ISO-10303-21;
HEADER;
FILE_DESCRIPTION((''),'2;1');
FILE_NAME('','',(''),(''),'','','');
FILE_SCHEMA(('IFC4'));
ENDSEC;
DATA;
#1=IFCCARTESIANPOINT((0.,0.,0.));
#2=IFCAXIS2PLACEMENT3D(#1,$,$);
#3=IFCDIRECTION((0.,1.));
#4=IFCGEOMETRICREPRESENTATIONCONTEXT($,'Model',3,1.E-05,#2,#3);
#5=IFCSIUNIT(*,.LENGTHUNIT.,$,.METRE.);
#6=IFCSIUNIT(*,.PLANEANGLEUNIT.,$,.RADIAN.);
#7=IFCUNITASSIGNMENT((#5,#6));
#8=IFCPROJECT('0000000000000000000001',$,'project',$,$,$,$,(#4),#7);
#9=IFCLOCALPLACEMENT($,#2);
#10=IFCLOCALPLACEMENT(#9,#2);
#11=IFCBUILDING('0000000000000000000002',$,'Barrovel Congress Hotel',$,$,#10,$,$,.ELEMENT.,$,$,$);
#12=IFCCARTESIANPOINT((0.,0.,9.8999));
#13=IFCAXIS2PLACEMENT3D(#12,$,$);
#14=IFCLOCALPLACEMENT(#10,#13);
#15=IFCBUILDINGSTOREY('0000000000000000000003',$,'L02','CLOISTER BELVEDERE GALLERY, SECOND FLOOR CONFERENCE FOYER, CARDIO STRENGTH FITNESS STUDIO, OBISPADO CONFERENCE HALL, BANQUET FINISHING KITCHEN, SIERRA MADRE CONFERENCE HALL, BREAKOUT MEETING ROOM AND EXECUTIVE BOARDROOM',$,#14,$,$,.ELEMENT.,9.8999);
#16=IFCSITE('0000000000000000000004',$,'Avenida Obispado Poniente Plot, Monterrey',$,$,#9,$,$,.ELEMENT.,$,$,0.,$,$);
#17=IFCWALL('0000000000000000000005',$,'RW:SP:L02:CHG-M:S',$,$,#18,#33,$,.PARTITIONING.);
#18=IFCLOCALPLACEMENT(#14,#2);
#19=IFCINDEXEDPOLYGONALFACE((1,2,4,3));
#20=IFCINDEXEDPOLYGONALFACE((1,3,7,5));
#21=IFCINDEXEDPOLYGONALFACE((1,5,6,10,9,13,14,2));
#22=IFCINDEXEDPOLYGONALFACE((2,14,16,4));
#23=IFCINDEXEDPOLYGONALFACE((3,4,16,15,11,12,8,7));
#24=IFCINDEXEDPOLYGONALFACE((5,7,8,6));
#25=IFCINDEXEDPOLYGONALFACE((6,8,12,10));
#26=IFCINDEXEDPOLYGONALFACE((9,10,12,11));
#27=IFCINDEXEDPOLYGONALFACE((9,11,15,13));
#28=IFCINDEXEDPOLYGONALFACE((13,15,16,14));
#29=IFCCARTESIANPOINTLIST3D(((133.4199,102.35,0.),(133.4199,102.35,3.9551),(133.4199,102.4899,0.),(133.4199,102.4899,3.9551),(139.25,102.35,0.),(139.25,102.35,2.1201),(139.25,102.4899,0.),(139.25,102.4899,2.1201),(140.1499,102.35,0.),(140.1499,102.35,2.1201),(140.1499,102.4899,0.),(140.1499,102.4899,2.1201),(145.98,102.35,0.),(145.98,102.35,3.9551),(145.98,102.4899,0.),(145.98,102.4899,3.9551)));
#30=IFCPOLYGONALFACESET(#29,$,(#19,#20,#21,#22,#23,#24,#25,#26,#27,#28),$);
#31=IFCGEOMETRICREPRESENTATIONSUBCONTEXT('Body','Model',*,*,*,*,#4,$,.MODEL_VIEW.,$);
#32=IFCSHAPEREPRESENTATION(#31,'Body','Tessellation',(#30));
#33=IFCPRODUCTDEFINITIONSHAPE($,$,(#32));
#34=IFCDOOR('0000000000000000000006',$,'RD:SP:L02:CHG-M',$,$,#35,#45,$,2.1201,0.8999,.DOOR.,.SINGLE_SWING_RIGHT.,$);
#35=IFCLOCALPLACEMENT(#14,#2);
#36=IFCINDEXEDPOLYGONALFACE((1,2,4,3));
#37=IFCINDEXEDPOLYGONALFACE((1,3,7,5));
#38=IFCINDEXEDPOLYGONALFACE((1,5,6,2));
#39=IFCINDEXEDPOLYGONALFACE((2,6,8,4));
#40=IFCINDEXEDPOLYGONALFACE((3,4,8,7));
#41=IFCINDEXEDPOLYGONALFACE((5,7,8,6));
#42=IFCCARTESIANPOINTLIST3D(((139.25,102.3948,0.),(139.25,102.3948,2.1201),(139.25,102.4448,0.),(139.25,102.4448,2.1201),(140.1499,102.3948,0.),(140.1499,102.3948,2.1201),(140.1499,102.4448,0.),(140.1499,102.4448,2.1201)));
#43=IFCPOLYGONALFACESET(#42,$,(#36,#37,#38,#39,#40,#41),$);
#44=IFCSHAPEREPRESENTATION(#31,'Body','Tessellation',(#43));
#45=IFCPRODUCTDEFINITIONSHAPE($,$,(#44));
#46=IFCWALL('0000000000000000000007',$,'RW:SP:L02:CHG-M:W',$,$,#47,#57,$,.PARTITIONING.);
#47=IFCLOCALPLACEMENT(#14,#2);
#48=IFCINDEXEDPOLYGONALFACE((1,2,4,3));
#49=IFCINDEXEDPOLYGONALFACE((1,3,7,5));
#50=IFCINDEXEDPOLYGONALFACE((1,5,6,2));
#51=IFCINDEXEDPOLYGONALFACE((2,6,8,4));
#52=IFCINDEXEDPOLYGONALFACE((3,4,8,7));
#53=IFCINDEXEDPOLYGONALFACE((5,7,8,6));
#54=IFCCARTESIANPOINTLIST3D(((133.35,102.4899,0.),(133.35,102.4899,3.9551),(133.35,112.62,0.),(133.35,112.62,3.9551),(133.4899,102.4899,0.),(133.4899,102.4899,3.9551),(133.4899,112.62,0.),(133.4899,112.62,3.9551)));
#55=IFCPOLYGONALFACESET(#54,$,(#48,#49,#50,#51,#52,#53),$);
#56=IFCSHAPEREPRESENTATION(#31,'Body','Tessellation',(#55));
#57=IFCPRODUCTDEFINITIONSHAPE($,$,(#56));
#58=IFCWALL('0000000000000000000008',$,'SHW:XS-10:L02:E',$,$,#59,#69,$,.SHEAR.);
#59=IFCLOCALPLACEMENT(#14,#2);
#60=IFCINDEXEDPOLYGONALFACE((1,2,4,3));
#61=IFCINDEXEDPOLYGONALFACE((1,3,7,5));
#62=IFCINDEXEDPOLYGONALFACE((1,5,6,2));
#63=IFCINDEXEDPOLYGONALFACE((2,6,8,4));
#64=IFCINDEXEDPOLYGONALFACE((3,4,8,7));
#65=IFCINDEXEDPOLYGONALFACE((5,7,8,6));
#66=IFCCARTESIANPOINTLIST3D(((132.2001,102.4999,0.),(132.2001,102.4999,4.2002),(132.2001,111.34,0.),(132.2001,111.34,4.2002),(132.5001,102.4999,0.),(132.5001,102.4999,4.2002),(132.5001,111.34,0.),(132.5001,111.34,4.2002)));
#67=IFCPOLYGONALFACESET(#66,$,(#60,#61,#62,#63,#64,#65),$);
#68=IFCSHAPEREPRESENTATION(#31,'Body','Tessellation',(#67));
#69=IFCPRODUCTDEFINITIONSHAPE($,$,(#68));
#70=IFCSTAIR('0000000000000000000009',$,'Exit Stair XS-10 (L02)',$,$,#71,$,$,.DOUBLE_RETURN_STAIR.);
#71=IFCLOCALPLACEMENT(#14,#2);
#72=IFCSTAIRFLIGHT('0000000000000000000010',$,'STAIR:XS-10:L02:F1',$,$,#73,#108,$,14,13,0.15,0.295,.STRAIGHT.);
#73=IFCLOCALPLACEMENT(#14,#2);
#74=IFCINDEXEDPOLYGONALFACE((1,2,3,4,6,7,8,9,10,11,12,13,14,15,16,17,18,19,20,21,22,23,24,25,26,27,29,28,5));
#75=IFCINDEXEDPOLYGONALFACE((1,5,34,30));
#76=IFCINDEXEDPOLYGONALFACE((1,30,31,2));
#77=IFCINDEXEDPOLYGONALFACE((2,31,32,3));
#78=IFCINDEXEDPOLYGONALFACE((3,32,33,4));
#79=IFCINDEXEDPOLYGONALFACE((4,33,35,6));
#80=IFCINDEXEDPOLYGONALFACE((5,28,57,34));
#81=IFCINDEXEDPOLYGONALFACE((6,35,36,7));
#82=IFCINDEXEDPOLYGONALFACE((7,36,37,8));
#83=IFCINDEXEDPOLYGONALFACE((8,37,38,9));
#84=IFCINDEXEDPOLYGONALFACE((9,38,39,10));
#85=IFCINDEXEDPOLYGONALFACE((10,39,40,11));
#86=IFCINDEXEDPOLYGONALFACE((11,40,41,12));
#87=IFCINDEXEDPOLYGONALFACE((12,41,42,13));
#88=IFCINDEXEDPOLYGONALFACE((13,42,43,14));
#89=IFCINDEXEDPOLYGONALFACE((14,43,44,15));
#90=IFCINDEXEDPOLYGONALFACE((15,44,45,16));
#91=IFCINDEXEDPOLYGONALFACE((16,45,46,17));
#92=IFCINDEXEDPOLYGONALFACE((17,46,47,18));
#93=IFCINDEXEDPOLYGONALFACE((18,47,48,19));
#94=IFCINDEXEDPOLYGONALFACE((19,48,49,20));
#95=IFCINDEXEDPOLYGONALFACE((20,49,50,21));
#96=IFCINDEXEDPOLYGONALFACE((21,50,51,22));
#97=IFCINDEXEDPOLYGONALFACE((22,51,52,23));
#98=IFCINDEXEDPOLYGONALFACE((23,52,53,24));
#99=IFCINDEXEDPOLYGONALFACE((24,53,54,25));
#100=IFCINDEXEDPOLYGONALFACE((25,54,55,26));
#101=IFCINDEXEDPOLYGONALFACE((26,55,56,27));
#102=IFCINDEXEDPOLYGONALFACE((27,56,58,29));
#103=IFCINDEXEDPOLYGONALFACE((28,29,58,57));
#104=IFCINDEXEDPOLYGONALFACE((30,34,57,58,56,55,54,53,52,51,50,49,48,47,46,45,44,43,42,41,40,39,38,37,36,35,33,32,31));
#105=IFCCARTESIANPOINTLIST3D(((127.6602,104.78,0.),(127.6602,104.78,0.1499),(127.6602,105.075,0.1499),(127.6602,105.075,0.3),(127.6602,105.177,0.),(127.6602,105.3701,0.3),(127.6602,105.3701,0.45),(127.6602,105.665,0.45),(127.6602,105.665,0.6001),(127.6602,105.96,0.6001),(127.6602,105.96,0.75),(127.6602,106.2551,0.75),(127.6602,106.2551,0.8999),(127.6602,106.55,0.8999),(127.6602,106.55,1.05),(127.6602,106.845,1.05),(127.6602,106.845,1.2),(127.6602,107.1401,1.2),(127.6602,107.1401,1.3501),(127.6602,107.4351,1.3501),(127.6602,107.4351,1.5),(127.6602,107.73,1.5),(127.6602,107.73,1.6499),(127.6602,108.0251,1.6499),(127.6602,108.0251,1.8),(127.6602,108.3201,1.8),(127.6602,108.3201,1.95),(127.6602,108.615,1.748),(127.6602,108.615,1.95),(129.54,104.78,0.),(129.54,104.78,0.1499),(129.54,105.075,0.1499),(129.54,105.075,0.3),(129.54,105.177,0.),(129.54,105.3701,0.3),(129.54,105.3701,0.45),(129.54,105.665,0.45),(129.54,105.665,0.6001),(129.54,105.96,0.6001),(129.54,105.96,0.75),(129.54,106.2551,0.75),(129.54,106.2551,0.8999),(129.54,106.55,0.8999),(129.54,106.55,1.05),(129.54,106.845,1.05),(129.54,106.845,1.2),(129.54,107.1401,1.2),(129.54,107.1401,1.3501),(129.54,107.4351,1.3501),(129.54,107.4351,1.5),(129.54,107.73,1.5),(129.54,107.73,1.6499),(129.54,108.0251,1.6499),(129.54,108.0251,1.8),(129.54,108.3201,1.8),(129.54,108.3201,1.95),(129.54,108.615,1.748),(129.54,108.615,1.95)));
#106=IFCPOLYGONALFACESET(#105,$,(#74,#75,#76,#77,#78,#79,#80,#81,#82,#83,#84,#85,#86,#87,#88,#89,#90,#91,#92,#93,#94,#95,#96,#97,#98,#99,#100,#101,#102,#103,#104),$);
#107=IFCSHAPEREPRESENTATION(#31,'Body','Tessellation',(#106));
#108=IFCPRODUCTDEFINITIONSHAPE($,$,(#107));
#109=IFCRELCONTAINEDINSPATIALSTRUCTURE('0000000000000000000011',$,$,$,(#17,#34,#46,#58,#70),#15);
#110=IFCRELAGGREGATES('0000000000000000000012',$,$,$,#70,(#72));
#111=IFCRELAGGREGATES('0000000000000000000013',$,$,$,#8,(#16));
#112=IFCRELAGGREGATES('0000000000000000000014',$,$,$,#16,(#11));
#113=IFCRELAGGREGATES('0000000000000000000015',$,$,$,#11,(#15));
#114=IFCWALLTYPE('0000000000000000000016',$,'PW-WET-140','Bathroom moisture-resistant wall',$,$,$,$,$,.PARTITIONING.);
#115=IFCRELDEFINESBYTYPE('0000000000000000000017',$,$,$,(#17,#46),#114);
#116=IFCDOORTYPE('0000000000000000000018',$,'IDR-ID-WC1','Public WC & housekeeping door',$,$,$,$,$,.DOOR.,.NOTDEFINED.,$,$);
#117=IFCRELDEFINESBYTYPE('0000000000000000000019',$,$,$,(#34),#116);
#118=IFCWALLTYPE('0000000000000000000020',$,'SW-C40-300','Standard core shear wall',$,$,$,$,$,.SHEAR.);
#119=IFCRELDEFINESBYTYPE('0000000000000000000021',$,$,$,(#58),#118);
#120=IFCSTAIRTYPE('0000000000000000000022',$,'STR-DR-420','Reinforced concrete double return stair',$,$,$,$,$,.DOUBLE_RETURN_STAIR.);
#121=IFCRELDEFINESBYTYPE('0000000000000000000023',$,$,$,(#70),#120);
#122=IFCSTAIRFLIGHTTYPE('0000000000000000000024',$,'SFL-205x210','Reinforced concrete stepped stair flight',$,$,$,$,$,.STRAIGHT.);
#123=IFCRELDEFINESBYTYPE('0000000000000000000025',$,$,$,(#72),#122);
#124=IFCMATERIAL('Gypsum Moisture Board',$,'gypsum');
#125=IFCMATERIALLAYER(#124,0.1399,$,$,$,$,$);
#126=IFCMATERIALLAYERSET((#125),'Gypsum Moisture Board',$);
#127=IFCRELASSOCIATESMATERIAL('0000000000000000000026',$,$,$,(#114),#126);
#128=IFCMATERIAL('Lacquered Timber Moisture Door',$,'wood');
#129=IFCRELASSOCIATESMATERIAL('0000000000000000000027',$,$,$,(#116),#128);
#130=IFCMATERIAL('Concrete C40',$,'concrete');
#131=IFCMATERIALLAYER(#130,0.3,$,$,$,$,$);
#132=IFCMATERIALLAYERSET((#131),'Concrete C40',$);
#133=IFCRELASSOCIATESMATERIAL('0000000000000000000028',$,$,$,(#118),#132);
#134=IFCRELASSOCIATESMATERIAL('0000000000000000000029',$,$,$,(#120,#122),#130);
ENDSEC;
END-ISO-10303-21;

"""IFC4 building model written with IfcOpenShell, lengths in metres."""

from ifc_helpers import new_model, si_unit, direction, frame, frame_2d, origin, place, context, subcontext, project, spatial, polyline, rectangle, outline, extrude, material, layer, layer_set, type_object, element, fill, aggregate, save


model = new_model("IFC4")

# Units and contexts
model_context = context("Model", 3, precision=1e-05, world=origin(), true_north=direction((0.0, 1.0)))
body_context = subcontext(model_context, "Body", "Model", "MODEL_VIEW")
ifc_project = project(units=[si_unit("LENGTHUNIT", "METRE"), si_unit("PLANEANGLEUNIT", "RADIAN")], contexts=[model_context])

# Site, building, storey
site_placement = place(None, origin())
site = spatial("IfcSite", under=ifc_project, at=site_placement, Name="Avenida Obispado Poniente Plot, Monterrey", CompositionType="ELEMENT", RefElevation=0.0)
building_placement = place(site_placement, origin())
building = spatial("IfcBuilding", under=site, at=building_placement, Name="Barrovel Congress Hotel", CompositionType="ELEMENT")
storey_placement = place(building_placement, frame((0.0, 0.0, 9.8999)))
storey = spatial("IfcBuildingStorey", under=building, at=storey_placement, Name="L02", Description="CLOISTER BELVEDERE GALLERY, SECOND FLOOR CONFERENCE FOYER, CARDIO STRENGTH FITNESS STUDIO, OBISPADO CONFERENCE HALL, BANQUET FINISHING KITCHEN, SIERRA MADRE CONFERENCE HALL, BREAKOUT MEETING ROOM AND EXECUTIVE BOARDROOM", CompositionType="ELEMENT", Elevation=9.8999)

# Shared definitions
ifc_material_1 = material(Name="Concrete C40", Category="concrete")

# Wall, opening, door
ifc_material_2 = material(Name="Gypsum Moisture Board", Category="gypsum")
ifc_layer_1 = layer(ifc_material_2, 0.1399)
ifc_layer_set_1 = layer_set([ifc_layer_1], Name="Gypsum Moisture Board")
wall_type_1 = type_object("IfcWallType", Name="PW-WET-140", Description="Bathroom moisture-resistant wall", PredefinedType="PARTITIONING", material=ifc_layer_set_1)
wall_1_placement = place(storey_placement, frame((133.4199, 102.4199, 0.0), z_axis=(0.0, 0.0, 1.0), x_axis=(1.0, 0.0, 0.0)))
wall_1 = element("IfcWall", 1, at=wall_1_placement, inside=storey, type_object=wall_type_1, Name="RW:SP:L02:CHG-M:S", PredefinedType="PARTITIONING", context=body_context, shape_type="SweptSolid", body=[
    extrude(rectangle(XDim=12.5601, YDim=0.1399, at=frame_2d((6.28, 0.0))), origin(), (0.0, 0.0, 1.0), 3.9551),
])
opening_1_placement = place(wall_1_placement, frame((5.8301, 0.0, 0.0)))
opening_1 = element("IfcOpeningElement", 2, at=opening_1_placement, cuts=wall_1, PredefinedType="OPENING", context=body_context, shape_type="SweptSolid", body=[
    extrude(rectangle(XDim=0.8999, YDim=2.1201, at=frame_2d((0.45, 1.0601))), frame((0.0, 0.0801, 0.0), z_axis=(0.0, -1.0, 0.0), x_axis=(1.0, 0.0, 0.0)), (0.0, 0.0, 1.0), 0.1599),
])
ifc_material_3 = material(Name="Lacquered Timber Moisture Door", Category="wood")
door_type_1 = type_object("IfcDoorType", Name="IDR-ID-WC1", Description="Public WC & housekeeping door", OperationType="NOTDEFINED", PredefinedType="DOOR", material=ifc_material_3)
door_1_placement = place(opening_1_placement, origin())
door_1 = element("IfcDoor", 3, at=door_1_placement, inside=storey, type_object=door_type_1, Name="RD:SP:L02:CHG-M", OperationType="SINGLE_SWING_RIGHT", OverallHeight=2.1201, OverallWidth=0.8999, PredefinedType="DOOR", context=body_context, shape_type="SweptSolid", body=[
    extrude(rectangle(XDim=0.8999, YDim=2.1201, at=frame_2d((0.45, 1.0601))), frame((0.0, 0.0249, 0.0), z_axis=(0.0, -1.0, 0.0), x_axis=(1.0, 0.0, 0.0)), (0.0, 0.0, 1.0), 0.05),
])
fill(opening_1, door_1)

# Wall
wall_2_placement = place(storey_placement, frame((133.4199, 102.49, 0.0), z_axis=(0.0, 0.0, 1.0), x_axis=(0.0, 1.0, 0.0)))
element("IfcWall", 4, at=wall_2_placement, inside=storey, type_object=wall_type_1, Name="RW:SP:L02:CHG-M:W", PredefinedType="PARTITIONING", context=body_context, shape_type="SweptSolid", body=[
    extrude(rectangle(XDim=10.1301, YDim=0.1399, at=frame_2d((5.0649, 0.0))), origin(), (0.0, 0.0, 1.0), 3.9551),
])

# Shared definitions
ifc_layer_2 = layer(ifc_material_1, 0.3)
ifc_layer_set_2 = layer_set([ifc_layer_2], Name="Concrete C40")
wall_type_2 = type_object("IfcWallType", Name="SW-C40-300", Description="Standard core shear wall", PredefinedType="SHEAR", material=ifc_layer_set_2)

# Wall
wall_3_placement = place(storey_placement, frame((132.3501, 102.5, 0.0), z_axis=(0.0, 0.0, 1.0), x_axis=(0.0, 1.0, 0.0)))
element("IfcWall", 5, at=wall_3_placement, inside=storey, type_object=wall_type_2, Name="SHW:XS-10:L02:E", PredefinedType="SHEAR", context=body_context, shape_type="SweptSolid", body=[
    extrude(rectangle(XDim=8.8401, YDim=0.3, at=frame_2d((4.4199, 0.0))), origin(), (0.0, 0.0, 1.0), 4.2002),
])

# Stair, stair flight
stair_type = type_object("IfcStairType", Name="STR-DR-420", Description="Reinforced concrete double return stair", PredefinedType="DOUBLE_RETURN_STAIR", material=ifc_material_1)
stair_placement = place(storey_placement, origin())
stair = element("IfcStair", 6, at=stair_placement, inside=storey, type_object=stair_type, Name="Exit Stair XS-10 (L02)", PredefinedType="DOUBLE_RETURN_STAIR")
stair_flight_type = type_object("IfcStairFlightType", Name="SFL-205x210", Description="Reinforced concrete stepped stair flight", PredefinedType="STRAIGHT", material=ifc_material_1)
stair_flight_placement = place(storey_placement, frame((128.6001, 104.78, 0.0), z_axis=(0.0, 0.0, 1.0), x_axis=(0.0, 1.0, 0.0)))
stair_flight = element("IfcStairFlight", 7, at=stair_flight_placement, type_object=stair_flight_type, Name="STAIR:XS-10:L02:F1", NumberOfRisers=14, NumberOfTreads=13, PredefinedType="STRAIGHT", RiserHeight=0.15, TreadLength=0.295, context=body_context, shape_type="SweptSolid", body=[
    extrude(outline(polyline([(0.0, 0.0), (0.0, 0.1499), (0.2949, 0.1499), (0.2949, 0.3), (0.5901, 0.3), (0.5901, 0.45), (0.885, 0.45), (0.885, 0.6001), (1.1799, 0.6001), (1.1799, 0.75), (1.4751, 0.75), (1.4751, 0.8999), (1.77, 0.8999), (1.77, 1.05), (2.0649, 1.05), (2.0649, 1.2), (2.3601, 1.2), (2.3601, 1.3501), (2.655, 1.3501), (2.655, 1.5), (2.95, 1.5), (2.95, 1.6499), (3.2451, 1.6499), (3.2451, 1.8), (3.54, 1.8), (3.54, 1.95), (3.835, 1.95), (3.835, 2.1001), (3.835, 1.748), (0.397, 0.0), (0.0, 0.0)])), frame((0.0, 0.9399, 0.0), z_axis=(0.0, -1.0, 0.0), x_axis=(1.0, 0.0, 0.0)), (0.0, 0.0, 1.0), 1.8799),
])
aggregate(stair, [stair_flight])

save(model, "model.ifc")
